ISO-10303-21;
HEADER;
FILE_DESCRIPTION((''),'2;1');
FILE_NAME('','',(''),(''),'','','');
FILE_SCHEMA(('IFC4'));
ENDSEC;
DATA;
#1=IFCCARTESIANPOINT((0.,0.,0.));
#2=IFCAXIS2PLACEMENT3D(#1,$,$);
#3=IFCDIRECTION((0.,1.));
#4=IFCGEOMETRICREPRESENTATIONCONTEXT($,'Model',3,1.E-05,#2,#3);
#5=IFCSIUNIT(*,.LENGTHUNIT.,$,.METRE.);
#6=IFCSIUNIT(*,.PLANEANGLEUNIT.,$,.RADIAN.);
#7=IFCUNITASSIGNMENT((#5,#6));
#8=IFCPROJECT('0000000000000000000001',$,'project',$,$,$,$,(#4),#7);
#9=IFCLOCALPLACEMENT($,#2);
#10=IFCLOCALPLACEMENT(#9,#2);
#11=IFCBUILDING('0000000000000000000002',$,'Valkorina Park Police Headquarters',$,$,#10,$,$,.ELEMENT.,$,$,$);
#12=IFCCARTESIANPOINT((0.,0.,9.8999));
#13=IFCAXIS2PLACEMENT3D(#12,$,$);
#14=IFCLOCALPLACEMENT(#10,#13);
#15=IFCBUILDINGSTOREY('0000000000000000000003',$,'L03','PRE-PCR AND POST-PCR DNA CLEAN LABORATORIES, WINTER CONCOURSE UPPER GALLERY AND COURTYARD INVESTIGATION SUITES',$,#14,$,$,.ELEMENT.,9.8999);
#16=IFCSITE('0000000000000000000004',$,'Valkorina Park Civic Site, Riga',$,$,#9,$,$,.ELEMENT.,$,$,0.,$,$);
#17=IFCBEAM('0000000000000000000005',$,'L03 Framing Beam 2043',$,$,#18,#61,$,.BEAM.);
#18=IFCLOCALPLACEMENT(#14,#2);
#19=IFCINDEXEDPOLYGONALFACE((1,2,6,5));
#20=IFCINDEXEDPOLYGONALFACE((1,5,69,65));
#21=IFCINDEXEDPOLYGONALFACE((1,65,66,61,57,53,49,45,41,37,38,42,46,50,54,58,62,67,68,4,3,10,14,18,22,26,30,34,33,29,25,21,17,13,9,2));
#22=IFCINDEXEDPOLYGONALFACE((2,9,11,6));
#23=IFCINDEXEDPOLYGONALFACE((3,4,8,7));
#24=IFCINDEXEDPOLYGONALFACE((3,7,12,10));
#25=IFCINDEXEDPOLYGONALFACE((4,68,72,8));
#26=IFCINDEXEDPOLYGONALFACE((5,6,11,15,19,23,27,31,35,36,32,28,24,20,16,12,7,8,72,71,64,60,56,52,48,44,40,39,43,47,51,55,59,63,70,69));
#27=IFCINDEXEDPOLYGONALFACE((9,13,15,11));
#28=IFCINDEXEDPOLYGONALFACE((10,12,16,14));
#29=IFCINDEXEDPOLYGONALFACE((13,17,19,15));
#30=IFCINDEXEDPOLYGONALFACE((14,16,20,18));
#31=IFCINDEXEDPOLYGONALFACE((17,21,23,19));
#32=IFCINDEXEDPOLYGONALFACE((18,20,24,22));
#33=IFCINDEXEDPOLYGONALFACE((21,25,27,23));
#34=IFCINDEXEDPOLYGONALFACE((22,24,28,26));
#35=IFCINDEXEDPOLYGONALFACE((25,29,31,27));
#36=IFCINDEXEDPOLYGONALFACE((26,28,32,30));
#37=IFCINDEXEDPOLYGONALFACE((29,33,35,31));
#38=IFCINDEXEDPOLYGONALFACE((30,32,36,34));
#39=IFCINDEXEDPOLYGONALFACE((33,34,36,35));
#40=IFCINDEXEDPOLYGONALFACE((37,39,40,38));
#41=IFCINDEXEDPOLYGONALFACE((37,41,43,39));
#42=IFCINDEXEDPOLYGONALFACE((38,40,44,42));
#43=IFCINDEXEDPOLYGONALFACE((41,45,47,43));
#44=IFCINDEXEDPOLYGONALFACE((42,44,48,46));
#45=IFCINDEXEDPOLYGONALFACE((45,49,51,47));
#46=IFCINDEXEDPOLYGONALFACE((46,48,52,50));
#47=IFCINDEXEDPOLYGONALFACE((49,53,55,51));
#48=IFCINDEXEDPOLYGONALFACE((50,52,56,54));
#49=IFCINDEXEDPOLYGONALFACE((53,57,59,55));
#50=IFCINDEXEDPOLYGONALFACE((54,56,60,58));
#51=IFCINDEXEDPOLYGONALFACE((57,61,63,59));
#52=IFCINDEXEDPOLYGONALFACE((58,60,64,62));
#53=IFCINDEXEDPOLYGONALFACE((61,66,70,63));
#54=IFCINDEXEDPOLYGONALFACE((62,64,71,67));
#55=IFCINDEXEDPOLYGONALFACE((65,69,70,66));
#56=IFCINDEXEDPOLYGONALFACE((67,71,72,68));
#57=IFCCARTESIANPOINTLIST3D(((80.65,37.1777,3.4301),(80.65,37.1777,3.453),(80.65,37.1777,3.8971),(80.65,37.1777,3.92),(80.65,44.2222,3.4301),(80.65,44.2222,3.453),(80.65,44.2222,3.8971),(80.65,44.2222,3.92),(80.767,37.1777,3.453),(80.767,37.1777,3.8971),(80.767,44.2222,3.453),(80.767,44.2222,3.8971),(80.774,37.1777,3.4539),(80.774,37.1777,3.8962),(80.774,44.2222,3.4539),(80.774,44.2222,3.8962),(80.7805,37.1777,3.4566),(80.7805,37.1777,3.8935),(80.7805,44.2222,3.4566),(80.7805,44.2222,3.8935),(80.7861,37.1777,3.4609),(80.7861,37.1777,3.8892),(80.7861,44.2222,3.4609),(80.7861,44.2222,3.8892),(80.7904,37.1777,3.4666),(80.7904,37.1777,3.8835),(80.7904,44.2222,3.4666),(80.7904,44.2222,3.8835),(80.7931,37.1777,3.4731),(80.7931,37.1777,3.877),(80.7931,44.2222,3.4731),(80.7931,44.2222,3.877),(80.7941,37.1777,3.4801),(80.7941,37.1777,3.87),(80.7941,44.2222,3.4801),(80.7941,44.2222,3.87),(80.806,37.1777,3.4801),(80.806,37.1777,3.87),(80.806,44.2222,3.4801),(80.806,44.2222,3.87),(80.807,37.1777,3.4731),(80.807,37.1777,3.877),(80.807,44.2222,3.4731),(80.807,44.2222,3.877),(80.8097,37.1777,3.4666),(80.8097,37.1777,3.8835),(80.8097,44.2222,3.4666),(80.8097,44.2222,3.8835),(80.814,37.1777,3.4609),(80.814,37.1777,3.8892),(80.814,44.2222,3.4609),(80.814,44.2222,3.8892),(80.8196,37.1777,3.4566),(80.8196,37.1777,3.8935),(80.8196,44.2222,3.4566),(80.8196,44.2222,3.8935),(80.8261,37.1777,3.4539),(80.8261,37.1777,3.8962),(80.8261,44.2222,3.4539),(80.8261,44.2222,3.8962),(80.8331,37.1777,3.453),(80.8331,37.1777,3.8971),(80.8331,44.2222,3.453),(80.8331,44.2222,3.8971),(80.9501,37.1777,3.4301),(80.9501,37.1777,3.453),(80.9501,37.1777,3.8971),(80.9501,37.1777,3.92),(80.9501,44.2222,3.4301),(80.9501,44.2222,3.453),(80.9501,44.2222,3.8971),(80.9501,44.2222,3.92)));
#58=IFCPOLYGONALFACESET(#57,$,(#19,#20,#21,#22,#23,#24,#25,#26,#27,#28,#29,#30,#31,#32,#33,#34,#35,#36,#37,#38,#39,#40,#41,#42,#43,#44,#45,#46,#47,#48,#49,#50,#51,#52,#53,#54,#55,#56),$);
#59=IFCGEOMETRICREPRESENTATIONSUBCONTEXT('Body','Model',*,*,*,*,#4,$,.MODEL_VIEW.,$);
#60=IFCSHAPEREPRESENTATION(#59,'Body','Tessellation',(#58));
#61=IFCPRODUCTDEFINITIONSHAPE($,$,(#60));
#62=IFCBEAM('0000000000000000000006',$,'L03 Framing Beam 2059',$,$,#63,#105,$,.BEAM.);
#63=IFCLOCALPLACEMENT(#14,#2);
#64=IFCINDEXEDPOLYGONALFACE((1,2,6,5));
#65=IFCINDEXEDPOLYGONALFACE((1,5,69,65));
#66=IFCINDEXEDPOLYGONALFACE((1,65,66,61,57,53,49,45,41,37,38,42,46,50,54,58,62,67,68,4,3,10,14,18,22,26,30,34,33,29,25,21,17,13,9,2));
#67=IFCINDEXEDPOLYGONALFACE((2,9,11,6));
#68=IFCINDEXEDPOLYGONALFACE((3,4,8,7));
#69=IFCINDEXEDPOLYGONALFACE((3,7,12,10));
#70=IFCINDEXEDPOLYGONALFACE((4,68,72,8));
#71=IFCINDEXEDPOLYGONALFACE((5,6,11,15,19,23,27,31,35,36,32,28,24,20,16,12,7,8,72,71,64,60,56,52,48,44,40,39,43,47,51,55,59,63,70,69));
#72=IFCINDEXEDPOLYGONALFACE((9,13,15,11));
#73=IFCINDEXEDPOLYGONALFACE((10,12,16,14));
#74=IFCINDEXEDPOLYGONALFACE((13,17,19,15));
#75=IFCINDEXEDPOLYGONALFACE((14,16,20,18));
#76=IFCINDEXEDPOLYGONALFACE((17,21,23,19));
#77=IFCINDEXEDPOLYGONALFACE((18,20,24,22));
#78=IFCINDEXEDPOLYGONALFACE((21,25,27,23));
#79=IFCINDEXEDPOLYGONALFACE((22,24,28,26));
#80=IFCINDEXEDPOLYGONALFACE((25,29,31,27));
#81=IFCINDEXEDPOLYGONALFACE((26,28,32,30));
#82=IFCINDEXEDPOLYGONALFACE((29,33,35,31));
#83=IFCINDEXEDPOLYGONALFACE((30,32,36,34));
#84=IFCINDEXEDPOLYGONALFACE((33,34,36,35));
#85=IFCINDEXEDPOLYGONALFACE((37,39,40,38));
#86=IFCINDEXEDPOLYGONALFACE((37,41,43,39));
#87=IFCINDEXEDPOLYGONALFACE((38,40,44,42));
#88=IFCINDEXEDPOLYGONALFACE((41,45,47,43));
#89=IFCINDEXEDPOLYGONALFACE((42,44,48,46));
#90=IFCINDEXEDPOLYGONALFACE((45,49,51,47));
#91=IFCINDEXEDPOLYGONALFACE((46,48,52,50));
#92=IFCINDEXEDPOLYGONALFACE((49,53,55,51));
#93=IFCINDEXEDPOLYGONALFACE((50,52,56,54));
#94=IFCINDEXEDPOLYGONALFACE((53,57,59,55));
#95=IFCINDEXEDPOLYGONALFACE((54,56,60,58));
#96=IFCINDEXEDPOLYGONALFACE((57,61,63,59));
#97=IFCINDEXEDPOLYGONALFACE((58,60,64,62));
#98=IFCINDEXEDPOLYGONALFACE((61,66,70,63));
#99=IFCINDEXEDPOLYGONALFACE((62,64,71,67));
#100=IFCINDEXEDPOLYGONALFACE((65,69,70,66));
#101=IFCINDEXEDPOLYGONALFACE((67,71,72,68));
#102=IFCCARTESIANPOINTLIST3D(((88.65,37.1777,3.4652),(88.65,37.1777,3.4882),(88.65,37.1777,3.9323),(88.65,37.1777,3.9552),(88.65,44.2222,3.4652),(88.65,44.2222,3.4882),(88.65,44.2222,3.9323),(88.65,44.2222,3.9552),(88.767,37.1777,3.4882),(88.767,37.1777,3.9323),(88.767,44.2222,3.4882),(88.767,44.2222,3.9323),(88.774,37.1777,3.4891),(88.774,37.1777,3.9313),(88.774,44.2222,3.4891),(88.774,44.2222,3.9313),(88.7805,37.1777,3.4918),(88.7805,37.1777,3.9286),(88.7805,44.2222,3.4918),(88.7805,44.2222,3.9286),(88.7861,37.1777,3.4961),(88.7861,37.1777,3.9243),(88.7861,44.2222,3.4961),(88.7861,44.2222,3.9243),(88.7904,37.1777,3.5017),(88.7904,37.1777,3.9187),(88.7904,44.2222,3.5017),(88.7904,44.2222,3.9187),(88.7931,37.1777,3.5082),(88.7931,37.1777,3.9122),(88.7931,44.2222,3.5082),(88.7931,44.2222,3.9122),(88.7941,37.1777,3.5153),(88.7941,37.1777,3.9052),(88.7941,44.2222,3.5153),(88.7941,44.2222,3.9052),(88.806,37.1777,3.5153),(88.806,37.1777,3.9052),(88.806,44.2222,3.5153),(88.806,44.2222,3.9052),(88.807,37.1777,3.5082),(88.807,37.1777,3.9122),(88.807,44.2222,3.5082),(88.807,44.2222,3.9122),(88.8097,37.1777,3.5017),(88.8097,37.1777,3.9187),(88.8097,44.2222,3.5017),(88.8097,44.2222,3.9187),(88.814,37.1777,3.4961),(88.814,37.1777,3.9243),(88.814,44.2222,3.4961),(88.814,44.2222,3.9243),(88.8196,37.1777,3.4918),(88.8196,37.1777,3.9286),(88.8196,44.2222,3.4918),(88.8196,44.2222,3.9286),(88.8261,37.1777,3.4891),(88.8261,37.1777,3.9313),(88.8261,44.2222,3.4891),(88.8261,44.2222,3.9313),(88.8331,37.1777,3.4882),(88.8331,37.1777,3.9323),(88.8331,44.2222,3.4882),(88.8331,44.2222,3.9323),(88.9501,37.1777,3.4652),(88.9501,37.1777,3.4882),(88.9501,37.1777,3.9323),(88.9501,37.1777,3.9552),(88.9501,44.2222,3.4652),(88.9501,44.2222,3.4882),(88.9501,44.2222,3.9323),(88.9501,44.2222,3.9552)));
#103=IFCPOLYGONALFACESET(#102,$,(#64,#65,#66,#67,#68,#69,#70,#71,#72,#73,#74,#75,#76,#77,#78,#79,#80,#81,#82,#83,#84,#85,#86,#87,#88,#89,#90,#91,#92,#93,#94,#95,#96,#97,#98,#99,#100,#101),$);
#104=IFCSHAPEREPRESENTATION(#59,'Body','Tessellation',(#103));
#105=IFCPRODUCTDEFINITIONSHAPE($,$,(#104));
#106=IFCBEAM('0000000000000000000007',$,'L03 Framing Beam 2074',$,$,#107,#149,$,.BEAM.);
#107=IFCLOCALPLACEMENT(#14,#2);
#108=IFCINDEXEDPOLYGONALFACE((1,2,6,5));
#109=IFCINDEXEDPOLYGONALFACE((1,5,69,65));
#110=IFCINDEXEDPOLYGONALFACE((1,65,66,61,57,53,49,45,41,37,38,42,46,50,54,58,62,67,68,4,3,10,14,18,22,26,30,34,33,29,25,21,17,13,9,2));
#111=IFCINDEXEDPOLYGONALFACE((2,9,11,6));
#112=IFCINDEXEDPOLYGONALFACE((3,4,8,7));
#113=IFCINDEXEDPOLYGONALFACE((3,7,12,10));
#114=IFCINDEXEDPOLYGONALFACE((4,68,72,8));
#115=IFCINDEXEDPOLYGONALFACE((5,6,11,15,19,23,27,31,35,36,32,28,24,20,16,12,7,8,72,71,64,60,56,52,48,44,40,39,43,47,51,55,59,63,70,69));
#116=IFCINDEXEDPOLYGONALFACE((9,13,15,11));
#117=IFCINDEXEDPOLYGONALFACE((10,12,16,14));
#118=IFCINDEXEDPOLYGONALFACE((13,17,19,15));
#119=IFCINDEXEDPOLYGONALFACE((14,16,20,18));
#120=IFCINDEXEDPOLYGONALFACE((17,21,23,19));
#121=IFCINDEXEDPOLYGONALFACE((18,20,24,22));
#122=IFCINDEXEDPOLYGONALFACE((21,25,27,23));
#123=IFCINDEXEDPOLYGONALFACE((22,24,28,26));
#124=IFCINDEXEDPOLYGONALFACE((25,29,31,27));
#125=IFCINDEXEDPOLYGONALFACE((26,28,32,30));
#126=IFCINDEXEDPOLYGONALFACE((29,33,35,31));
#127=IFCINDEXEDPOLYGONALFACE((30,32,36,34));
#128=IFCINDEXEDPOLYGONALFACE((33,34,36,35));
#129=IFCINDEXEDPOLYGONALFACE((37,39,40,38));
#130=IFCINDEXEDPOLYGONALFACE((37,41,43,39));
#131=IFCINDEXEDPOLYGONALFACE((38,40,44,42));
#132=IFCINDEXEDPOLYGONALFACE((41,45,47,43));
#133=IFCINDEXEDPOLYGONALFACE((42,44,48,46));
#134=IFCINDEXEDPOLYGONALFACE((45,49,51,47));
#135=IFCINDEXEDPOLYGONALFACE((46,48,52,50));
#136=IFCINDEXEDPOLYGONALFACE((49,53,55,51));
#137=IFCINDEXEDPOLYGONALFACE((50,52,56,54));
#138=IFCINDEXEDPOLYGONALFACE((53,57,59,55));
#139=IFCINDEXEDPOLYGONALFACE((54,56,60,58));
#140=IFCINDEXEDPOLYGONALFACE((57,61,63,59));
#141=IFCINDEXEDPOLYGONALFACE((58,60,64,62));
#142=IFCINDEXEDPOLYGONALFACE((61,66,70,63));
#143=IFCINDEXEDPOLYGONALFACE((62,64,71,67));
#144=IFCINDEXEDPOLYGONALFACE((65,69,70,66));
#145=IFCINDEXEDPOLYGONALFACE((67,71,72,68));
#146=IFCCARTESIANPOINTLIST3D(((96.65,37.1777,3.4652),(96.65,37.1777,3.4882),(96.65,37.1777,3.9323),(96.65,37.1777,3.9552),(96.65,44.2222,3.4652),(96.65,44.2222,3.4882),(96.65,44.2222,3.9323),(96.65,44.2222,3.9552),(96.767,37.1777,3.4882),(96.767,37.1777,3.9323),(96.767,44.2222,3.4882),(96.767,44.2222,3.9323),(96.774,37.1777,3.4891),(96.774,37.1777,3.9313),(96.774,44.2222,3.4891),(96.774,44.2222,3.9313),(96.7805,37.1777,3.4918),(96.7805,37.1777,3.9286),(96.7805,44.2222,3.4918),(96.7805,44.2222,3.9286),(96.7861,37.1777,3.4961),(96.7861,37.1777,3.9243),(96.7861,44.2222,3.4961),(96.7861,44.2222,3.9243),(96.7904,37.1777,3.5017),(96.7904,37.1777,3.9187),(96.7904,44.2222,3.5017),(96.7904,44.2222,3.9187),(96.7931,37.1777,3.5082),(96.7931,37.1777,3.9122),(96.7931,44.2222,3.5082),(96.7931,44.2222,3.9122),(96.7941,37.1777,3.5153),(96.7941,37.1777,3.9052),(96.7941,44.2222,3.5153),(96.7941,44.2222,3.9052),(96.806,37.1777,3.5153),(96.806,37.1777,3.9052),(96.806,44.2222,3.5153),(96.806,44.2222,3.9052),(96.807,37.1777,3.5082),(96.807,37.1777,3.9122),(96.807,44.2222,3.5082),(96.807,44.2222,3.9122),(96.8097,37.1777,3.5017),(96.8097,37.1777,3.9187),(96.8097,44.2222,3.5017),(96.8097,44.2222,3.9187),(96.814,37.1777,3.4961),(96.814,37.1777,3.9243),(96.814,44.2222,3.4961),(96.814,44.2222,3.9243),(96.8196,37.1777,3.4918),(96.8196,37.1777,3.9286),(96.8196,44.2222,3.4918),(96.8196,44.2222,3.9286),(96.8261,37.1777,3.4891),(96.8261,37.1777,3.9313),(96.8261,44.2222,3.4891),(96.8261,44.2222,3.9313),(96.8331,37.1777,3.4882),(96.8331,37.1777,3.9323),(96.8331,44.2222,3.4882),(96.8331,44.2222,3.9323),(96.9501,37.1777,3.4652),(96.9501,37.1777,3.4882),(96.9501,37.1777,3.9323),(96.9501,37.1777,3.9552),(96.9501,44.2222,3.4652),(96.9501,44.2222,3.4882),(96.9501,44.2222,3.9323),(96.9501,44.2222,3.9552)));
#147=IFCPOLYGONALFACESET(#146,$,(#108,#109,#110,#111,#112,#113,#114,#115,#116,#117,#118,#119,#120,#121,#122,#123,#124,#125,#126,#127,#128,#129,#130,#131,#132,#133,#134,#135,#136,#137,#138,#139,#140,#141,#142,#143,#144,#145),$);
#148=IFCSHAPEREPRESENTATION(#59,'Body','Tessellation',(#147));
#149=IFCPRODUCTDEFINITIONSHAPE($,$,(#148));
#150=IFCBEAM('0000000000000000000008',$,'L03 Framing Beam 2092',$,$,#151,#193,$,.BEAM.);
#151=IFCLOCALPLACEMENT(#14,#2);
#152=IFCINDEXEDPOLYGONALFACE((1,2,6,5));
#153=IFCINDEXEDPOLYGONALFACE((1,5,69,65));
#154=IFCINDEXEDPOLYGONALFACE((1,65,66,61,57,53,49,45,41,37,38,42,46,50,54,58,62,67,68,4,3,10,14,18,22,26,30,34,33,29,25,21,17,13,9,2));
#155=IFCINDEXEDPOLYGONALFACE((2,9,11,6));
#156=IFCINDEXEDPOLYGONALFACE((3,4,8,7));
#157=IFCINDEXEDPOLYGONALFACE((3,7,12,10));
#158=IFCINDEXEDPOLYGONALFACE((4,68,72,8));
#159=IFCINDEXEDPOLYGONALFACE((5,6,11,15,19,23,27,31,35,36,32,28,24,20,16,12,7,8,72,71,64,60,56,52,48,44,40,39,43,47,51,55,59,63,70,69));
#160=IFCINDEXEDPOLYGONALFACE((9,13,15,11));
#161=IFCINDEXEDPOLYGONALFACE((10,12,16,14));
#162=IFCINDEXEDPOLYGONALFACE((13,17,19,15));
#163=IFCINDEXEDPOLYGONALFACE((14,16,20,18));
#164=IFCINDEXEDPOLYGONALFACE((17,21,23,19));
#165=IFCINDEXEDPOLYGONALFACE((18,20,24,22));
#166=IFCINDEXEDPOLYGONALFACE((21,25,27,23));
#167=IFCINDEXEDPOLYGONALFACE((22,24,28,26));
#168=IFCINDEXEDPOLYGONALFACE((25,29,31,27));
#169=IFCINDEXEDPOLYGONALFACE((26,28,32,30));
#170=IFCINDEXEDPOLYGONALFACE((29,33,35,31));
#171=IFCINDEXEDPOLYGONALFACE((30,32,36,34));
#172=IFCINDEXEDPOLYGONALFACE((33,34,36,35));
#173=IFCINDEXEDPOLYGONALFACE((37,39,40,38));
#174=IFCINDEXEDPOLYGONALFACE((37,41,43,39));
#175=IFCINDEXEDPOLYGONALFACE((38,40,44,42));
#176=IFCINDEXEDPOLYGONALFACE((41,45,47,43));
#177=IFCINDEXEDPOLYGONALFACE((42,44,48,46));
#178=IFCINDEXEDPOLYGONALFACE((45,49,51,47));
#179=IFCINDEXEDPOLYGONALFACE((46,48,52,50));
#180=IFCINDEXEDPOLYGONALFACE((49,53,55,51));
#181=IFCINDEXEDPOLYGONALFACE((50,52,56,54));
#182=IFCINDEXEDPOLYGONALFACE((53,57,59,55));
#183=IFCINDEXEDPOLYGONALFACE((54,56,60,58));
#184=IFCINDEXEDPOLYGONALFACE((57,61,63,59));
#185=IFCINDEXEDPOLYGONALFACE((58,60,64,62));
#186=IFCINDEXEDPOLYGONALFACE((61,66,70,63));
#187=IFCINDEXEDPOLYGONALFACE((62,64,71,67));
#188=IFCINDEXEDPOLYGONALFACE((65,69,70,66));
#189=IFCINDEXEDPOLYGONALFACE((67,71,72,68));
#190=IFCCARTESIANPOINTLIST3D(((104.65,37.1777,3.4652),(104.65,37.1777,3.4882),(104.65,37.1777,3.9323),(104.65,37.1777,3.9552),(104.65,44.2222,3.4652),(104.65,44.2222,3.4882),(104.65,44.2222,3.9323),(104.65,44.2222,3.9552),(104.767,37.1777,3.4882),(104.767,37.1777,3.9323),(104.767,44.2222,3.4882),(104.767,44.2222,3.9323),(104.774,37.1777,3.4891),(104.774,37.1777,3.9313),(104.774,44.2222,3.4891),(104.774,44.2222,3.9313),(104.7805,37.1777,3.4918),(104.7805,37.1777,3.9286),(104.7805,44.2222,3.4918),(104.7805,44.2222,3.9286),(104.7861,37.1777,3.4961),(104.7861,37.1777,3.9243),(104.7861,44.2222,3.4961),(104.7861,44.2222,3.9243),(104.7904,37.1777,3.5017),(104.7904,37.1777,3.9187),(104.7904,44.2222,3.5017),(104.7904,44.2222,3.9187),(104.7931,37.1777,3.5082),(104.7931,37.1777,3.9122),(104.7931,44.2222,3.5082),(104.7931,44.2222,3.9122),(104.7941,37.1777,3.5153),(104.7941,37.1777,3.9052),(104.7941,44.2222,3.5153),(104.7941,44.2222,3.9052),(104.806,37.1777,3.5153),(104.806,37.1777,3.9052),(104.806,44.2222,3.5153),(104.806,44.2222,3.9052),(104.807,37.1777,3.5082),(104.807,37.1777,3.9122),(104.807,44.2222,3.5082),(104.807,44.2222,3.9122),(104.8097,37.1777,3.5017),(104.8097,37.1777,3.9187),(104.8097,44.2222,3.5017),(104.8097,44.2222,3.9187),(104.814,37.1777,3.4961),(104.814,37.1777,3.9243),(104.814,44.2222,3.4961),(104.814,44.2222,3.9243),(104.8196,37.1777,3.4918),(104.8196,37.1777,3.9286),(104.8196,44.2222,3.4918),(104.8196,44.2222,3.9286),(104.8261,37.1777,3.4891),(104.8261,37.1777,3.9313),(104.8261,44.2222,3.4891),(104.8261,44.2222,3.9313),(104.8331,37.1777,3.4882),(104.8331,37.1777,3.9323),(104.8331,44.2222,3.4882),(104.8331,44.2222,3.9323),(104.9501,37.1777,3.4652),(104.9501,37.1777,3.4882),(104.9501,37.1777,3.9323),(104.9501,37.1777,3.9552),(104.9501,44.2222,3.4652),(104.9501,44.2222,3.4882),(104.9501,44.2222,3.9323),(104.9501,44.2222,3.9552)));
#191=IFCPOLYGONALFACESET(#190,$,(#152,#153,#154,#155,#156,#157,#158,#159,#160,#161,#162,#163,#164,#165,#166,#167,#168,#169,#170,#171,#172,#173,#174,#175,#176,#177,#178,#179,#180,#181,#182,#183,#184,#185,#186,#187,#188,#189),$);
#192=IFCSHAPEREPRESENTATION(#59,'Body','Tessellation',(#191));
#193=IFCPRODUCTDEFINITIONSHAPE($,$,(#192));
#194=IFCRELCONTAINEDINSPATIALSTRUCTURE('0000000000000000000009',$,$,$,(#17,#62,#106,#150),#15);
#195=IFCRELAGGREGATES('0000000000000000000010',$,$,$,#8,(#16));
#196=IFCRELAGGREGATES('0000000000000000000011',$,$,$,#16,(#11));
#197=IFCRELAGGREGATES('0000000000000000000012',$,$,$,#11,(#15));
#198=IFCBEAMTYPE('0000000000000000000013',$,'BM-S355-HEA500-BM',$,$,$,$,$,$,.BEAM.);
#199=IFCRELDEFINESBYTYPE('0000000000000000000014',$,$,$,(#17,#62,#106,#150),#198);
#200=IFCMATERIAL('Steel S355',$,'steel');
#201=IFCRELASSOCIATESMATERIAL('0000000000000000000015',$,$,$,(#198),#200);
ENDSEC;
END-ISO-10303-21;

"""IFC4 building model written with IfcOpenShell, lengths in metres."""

from ifc_helpers import new_model, si_unit, direction, frame, origin, origin_2d, place, context, subcontext, project, spatial, i_section, extrude, material, material_profile, profile_set, type_object, element, save


model = new_model("IFC4")

# Units and contexts
model_context = context("Model", 3, precision=1e-05, world=origin(), true_north=direction((0.0, 1.0)))
body_context = subcontext(model_context, "Body", "Model", "MODEL_VIEW")
ifc_project = project(units=[si_unit("LENGTHUNIT", "METRE"), si_unit("PLANEANGLEUNIT", "RADIAN")], contexts=[model_context])

# Site, building, storey
site_placement = place(None, origin())
site = spatial("IfcSite", under=ifc_project, at=site_placement, Name="Valkorina Park Civic Site, Riga", CompositionType="ELEMENT", RefElevation=0.0)
building_placement = place(site_placement, origin())
building = spatial("IfcBuilding", under=site, at=building_placement, Name="Valkorina Park Police Headquarters", CompositionType="ELEMENT")
storey_placement = place(building_placement, frame((0.0, 0.0, 9.8999)))
storey = spatial("IfcBuildingStorey", under=building, at=storey_placement, Name="L03", Description="PRE-PCR AND POST-PCR DNA CLEAN LABORATORIES, WINTER CONCOURSE UPPER GALLERY AND COURTYARD INVESTIGATION SUITES", CompositionType="ELEMENT", Elevation=9.8999)

# Shared definitions
ifc_material_1 = material(Name="Steel S355", Category="steel")

# Beams
ifc_material_profile_1 = material_profile(ifc_material_1, i_section(OverallWidth=0.3, OverallDepth=0.49, WebThickness=0.012, FlangeThickness=0.0229, FilletRadius=0.0271, at=origin_2d()), Name="HEA 500")
ifc_profile_set_1 = profile_set([ifc_material_profile_1], Name="Steel S355")
beam_type_1 = type_object("IfcBeamType", Name="BM-S355-HEA500-BM", PredefinedType="BEAM", material=ifc_profile_set_1)
for number, where, z_axis, x_axis, name in (
    (1, (80.8, 37.1777, 3.675), (0.0, 1.0, 0.0), (-1.0, 0.0, 0.0), "L03 Framing Beam 2043"),
    (2, (88.8, 37.1777, 3.7102), (0.0, 1.0, 0.0), (-1.0, 0.0, 0.0), "L03 Framing Beam 2059"),
    (3, (96.8, 37.1777, 3.7102), (0.0, 1.0, 0.0), (-1.0, 0.0, 0.0), "L03 Framing Beam 2074"),
    (4, (104.8, 37.1777, 3.7102), (0.0, 1.0, 0.0), (-1.0, 0.0, 0.0), "L03 Framing Beam 2092"),
):
    element("IfcBeam", number, at=place(storey_placement, frame(where, z_axis=z_axis, x_axis=x_axis)), inside=storey, type_object=beam_type_1, Name=name, PredefinedType="BEAM", context=body_context, shape_type="SweptSolid", body=[
        extrude(i_section(OverallWidth=0.3, OverallDepth=0.49, WebThickness=0.012, FlangeThickness=0.0229, FilletRadius=0.0271, at=origin_2d()), origin(), (0.0, 0.0, 1.0), 7.0444),
    ])

save(model, "model.ifc")
